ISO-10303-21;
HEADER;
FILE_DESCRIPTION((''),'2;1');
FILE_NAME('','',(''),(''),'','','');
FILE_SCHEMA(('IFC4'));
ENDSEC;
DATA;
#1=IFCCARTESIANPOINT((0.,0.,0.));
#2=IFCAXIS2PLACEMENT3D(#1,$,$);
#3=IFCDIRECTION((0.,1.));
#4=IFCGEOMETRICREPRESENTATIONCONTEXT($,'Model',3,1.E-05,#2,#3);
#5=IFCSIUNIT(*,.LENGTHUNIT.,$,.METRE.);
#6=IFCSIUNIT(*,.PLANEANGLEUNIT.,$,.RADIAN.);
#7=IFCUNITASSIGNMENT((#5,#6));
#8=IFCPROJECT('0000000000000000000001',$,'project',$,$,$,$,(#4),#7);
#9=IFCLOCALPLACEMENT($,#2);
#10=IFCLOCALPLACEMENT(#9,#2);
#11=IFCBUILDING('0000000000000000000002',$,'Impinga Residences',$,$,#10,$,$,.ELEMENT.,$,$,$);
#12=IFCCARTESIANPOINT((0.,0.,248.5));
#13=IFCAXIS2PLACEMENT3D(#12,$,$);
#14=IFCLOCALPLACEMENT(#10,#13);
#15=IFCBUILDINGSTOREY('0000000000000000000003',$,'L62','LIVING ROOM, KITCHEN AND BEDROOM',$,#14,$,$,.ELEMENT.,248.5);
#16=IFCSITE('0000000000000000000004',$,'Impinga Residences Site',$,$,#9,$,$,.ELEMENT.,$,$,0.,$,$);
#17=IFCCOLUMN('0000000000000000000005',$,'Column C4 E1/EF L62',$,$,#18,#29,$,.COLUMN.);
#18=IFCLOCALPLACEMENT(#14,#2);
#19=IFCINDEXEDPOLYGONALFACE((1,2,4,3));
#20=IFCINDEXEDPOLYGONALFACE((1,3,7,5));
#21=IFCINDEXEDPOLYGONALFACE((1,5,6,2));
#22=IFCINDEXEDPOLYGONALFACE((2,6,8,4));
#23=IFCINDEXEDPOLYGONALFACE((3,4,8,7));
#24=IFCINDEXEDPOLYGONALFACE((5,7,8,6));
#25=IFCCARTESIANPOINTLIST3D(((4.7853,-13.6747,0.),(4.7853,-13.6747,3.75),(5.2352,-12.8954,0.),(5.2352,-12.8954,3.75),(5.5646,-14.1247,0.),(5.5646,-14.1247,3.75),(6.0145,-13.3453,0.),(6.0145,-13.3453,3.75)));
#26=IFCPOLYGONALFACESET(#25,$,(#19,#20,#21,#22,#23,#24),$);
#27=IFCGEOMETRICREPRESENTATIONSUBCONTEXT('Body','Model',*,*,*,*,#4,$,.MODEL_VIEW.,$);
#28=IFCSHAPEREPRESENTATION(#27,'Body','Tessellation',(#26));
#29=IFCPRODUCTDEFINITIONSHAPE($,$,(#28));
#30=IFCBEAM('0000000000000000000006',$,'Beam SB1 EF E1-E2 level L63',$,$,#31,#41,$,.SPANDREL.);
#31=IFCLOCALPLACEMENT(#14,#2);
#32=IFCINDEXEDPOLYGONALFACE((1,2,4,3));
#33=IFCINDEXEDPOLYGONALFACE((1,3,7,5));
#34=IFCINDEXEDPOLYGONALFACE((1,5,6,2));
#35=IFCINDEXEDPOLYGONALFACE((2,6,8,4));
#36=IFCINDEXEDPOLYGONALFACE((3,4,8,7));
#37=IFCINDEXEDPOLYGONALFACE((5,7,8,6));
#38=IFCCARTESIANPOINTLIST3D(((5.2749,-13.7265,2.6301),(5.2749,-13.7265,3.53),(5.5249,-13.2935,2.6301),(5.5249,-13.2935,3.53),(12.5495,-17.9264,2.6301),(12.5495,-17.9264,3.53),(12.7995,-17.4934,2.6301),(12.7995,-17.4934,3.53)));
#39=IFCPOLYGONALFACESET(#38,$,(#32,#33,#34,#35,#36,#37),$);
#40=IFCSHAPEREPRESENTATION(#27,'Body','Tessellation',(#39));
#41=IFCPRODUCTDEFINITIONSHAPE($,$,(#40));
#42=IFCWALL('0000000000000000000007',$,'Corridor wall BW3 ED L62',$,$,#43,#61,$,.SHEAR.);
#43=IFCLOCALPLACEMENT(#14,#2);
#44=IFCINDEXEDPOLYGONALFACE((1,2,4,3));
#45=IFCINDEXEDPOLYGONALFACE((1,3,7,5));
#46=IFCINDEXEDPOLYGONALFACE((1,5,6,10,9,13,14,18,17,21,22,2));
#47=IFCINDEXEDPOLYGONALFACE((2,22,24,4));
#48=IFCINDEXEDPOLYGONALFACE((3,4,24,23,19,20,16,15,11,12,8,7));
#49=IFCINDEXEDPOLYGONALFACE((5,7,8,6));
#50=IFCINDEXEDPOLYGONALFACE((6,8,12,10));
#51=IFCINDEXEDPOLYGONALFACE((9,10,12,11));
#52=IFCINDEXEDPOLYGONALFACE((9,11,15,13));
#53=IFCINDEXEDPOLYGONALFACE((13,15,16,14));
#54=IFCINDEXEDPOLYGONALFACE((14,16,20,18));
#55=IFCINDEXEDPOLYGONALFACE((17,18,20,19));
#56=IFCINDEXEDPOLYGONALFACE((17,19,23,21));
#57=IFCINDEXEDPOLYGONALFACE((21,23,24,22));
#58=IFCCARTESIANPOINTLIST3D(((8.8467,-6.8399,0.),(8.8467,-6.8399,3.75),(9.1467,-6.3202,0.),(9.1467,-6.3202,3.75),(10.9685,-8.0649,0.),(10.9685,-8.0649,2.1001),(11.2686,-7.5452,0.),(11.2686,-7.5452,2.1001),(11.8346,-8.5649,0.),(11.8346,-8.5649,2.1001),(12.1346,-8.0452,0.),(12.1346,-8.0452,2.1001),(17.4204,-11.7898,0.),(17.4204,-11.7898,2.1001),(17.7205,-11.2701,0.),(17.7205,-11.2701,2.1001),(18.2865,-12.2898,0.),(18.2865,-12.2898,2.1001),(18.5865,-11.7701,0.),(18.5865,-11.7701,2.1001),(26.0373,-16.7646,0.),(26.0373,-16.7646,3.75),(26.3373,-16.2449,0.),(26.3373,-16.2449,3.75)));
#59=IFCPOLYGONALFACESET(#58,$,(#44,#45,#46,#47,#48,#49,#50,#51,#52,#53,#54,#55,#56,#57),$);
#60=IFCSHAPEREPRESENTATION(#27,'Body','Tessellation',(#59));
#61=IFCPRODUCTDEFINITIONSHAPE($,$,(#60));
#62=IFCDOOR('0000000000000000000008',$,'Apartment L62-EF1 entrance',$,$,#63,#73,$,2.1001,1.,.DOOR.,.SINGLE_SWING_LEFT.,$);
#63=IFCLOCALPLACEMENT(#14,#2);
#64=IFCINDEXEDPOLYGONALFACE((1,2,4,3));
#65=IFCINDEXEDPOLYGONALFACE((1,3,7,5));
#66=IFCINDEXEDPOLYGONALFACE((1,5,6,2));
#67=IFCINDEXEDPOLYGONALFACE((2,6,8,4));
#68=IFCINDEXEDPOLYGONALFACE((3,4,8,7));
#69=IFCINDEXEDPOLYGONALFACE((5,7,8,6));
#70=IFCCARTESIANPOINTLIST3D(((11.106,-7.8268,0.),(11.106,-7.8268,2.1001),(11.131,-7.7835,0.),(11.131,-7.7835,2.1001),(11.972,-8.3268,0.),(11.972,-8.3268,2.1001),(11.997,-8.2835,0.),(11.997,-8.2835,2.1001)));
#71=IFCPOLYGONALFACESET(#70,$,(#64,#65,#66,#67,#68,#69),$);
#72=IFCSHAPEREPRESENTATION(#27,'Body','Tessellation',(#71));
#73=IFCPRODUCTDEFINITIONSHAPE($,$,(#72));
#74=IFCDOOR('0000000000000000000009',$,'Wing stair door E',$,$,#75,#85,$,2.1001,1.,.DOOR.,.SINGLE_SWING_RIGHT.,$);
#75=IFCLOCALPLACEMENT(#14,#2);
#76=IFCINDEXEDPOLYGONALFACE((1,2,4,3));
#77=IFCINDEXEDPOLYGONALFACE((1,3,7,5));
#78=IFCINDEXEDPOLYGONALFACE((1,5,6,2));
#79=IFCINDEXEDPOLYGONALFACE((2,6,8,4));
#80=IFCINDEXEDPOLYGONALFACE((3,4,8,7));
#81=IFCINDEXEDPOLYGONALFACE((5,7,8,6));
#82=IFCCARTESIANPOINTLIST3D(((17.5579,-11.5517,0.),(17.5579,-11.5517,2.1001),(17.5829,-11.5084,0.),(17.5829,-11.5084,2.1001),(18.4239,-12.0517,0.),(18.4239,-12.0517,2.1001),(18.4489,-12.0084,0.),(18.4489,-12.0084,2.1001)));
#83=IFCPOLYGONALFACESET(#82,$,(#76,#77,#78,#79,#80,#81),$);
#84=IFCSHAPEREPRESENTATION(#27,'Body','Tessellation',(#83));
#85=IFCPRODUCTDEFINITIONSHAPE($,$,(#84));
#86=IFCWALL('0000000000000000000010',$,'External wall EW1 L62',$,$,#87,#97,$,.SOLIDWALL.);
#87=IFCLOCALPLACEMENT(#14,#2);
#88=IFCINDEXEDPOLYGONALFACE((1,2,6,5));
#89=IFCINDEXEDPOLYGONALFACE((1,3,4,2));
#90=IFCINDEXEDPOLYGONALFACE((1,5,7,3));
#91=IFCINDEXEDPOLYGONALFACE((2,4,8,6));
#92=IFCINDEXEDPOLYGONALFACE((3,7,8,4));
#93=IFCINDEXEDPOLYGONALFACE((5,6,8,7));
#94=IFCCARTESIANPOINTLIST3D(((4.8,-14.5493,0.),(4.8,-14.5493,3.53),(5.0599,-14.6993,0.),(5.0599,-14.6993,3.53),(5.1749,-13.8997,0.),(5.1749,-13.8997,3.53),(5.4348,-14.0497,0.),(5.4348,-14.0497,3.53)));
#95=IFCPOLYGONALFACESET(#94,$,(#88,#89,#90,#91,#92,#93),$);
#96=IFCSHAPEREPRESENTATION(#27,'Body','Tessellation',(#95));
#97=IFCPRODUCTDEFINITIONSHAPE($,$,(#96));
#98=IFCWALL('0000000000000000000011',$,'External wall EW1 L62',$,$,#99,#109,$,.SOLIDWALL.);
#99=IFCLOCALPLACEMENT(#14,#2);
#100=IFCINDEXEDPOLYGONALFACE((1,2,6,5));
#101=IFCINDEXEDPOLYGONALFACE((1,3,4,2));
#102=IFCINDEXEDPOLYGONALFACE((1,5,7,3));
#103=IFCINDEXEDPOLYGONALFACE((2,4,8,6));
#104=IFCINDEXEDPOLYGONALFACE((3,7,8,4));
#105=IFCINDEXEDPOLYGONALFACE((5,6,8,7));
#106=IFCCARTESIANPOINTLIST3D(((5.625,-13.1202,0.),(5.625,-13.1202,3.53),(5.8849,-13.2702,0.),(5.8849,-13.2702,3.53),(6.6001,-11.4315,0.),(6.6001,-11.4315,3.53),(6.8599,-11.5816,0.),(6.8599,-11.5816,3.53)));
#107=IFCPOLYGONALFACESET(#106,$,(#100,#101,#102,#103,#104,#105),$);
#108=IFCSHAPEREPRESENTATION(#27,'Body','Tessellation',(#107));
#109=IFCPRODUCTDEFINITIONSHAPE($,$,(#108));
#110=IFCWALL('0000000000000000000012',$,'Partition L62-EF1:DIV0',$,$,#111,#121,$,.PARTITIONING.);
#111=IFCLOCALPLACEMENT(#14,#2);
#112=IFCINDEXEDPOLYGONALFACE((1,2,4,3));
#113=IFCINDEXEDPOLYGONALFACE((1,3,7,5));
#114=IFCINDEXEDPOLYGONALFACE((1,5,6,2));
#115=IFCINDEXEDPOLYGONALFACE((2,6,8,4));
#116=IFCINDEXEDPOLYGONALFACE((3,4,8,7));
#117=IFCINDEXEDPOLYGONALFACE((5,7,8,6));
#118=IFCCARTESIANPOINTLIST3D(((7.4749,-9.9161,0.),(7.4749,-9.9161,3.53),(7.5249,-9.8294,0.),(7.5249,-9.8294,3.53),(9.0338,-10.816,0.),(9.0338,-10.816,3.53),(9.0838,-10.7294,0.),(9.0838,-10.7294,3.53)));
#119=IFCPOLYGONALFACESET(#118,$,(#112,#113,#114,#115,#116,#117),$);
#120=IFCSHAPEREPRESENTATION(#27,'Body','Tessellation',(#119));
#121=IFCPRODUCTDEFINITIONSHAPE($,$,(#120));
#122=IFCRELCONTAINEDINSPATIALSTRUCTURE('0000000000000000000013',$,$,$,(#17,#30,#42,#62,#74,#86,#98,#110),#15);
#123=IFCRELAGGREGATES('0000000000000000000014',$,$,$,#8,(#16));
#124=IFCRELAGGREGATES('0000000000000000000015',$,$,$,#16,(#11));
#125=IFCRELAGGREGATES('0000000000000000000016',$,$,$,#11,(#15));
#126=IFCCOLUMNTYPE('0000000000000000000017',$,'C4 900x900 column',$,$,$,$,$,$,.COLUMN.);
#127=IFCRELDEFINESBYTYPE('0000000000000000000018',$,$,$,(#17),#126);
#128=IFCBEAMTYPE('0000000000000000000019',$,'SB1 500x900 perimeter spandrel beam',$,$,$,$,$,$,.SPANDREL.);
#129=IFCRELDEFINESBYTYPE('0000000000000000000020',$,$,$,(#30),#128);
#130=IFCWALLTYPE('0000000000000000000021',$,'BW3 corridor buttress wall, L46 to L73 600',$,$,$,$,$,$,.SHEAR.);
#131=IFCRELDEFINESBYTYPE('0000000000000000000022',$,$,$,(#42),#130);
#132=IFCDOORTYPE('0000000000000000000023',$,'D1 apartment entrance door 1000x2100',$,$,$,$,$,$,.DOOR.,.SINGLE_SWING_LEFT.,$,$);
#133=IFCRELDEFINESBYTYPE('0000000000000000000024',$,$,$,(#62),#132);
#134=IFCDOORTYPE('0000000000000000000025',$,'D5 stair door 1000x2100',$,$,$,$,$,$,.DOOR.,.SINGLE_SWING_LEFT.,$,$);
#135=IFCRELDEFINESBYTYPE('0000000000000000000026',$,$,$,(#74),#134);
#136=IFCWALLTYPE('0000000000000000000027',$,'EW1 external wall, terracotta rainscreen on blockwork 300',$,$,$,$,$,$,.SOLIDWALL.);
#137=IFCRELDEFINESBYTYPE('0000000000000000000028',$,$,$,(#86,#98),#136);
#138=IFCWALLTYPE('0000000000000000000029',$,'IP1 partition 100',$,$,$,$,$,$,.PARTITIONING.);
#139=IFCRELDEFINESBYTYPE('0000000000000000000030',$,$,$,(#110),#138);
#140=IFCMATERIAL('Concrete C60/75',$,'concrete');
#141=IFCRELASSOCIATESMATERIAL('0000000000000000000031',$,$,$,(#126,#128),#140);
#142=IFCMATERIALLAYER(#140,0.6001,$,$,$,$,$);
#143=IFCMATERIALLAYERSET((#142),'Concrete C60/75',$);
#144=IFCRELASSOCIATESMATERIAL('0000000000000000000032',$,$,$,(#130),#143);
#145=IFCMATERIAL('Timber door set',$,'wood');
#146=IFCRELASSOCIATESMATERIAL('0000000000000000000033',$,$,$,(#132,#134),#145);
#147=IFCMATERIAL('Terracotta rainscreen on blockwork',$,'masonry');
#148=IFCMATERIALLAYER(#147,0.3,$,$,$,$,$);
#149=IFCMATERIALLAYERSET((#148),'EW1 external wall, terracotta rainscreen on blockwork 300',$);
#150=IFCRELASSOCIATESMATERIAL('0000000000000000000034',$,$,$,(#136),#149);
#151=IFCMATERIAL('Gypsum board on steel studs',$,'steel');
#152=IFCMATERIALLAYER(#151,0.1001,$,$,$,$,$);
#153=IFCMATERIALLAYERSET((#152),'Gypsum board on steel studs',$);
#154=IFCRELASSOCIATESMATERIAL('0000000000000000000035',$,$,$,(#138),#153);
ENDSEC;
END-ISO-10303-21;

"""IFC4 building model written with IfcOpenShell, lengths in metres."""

from ifc_helpers import new_model, si_unit, direction, frame, frame_2d, origin, origin_2d, place, context, subcontext, project, spatial, rectangle, extrude, material, layer, layer_set, material_profile, profile_set, type_object, element, fill, save


model = new_model("IFC4")

# Units and contexts
model_context = context("Model", 3, precision=1e-05, world=origin(), true_north=direction((0.0, 1.0)))
body_context = subcontext(model_context, "Body", "Model", "MODEL_VIEW")
ifc_project = project(units=[si_unit("LENGTHUNIT", "METRE"), si_unit("PLANEANGLEUNIT", "RADIAN")], contexts=[model_context])

# Site, building, storey
site_placement = place(None, origin())
site = spatial("IfcSite", under=ifc_project, at=site_placement, Name="Impinga Residences Site", CompositionType="ELEMENT", RefElevation=0.0)
building_placement = place(site_placement, origin())
building = spatial("IfcBuilding", under=site, at=building_placement, Name="Impinga Residences", CompositionType="ELEMENT")
storey_placement = place(building_placement, frame((0.0, 0.0, 248.5)))
storey = spatial("IfcBuildingStorey", under=building, at=storey_placement, Name="L62", Description="LIVING ROOM, KITCHEN AND BEDROOM", CompositionType="ELEMENT", Elevation=248.5)

# Column
ifc_material_1 = material(Name="Concrete C60/75", Category="concrete")
ifc_material_profile_1 = material_profile(ifc_material_1, rectangle(XDim=0.8999, YDim=0.8999, at=origin_2d()), Name="RC 900x900")
ifc_profile_set_1 = profile_set([ifc_material_profile_1], Name="Concrete C60/75")
column_type = type_object("IfcColumnType", Name="C4 900x900 column", PredefinedType="COLUMN", material=ifc_profile_set_1)
column_placement = place(storey_placement, frame((5.3999, -13.51, 0.0), z_axis=(0.0, 0.0, 1.0), x_axis=(-0.5, -0.866025, 0.0)))
element("IfcColumn", 1, at=column_placement, inside=storey, type_object=column_type, Name="Column C4 E1/EF L62", PredefinedType="COLUMN", context=body_context, shape_type="SweptSolid", body=[
    extrude(rectangle(XDim=0.8999, YDim=0.8999, at=origin_2d()), origin(), (0.0, 0.0, 1.0), 3.75),
])

# Beam
ifc_material_profile_2 = material_profile(ifc_material_1, rectangle(XDim=0.5, YDim=0.8999, at=origin_2d()), Name="RC 500x900")
ifc_profile_set_2 = profile_set([ifc_material_profile_2], Name="Concrete C60/75")
beam_type = type_object("IfcBeamType", Name="SB1 500x900 perimeter spandrel beam", PredefinedType="SPANDREL", material=ifc_profile_set_2)
beam_placement = place(storey_placement, frame((5.3999, -13.51, 3.0801), z_axis=(0.866029, -0.499993, 0.0), x_axis=(0.499993, 0.866029, 0.0)))
element("IfcBeam", 2, at=beam_placement, inside=storey, type_object=beam_type, Name="Beam SB1 EF E1-E2 level L63", PredefinedType="SPANDREL", context=body_context, shape_type="SweptSolid", body=[
    extrude(rectangle(XDim=0.5, YDim=0.8999, at=origin_2d()), origin(), (0.0, 0.0, 1.0), 8.3999),
])

# Wall, openings, doors
ifc_layer_1 = layer(ifc_material_1, 0.6001)
ifc_layer_set_1 = layer_set([ifc_layer_1], Name="Concrete C60/75")
wall_type_1 = type_object("IfcWallType", Name="BW3 corridor buttress wall, L46 to L73 600", PredefinedType="SHEAR", material=ifc_layer_set_1)
wall_1_placement = place(storey_placement, frame((8.9968, -6.5801, 0.0), z_axis=(0.0, 0.0, 1.0), x_axis=(0.866031, -0.499991, 0.0)))
wall_1 = element("IfcWall", 3, at=wall_1_placement, inside=storey, type_object=wall_type_1, Name="Corridor wall BW3 ED L62", PredefinedType="SHEAR", context=body_context, shape_type="SweptSolid", body=[
    extrude(rectangle(XDim=19.8499, YDim=0.6001, at=frame_2d((9.9248, 0.0))), origin(), (0.0, 0.0, 1.0), 3.75),
])
opening_1_placement = place(wall_1_placement, frame((9.8999, 0.0, 0.0)))
opening_1 = element("IfcOpeningElement", 4, at=opening_1_placement, cuts=wall_1, PredefinedType="OPENING", context=body_context, shape_type="SweptSolid", body=[
    extrude(rectangle(XDim=1.0, YDim=2.1001, at=frame_2d((0.5, 1.05))), frame((0.0, 0.3101, 0.0), z_axis=(0.0, -1.0, 0.0), x_axis=(1.0, 0.0, 0.0)), (0.0, 0.0, 1.0), 0.6201),
])
opening_2_placement = place(wall_1_placement, frame((2.45, 0.0, 0.0)))
opening_2 = element("IfcOpeningElement", 5, at=opening_2_placement, cuts=wall_1, PredefinedType="OPENING", context=body_context, shape_type="SweptSolid", body=[
    extrude(rectangle(XDim=1.0, YDim=2.1001, at=frame_2d((0.5, 1.05))), frame((0.0, 0.3101, 0.0), z_axis=(0.0, -1.0, 0.0), x_axis=(1.0, 0.0, 0.0)), (0.0, 0.0, 1.0), 0.6201),
])
ifc_material_2 = material(Name="Timber door set", Category="wood")
door_type_1 = type_object("IfcDoorType", Name="D1 apartment entrance door 1000x2100", OperationType="SINGLE_SWING_LEFT", PredefinedType="DOOR", material=ifc_material_2)
door_1_placement = place(opening_2_placement, origin())
door_1 = element("IfcDoor", 6, at=door_1_placement, inside=storey, type_object=door_type_1, Name="Apartment L62-EF1 entrance", OperationType="SINGLE_SWING_LEFT", OverallHeight=2.1001, OverallWidth=1.0, PredefinedType="DOOR", context=body_context, shape_type="SweptSolid", body=[
    extrude(rectangle(XDim=1.0, YDim=2.1001, at=frame_2d((0.5, 1.05))), frame((0.0, 0.0249, 0.0), z_axis=(0.0, -1.0, 0.0), x_axis=(1.0, 0.0, 0.0)), (0.0, 0.0, 1.0), 0.05),
])
fill(opening_2, door_1)
door_type_2 = type_object("IfcDoorType", Name="D5 stair door 1000x2100", OperationType="SINGLE_SWING_LEFT", PredefinedType="DOOR", material=ifc_material_2)
door_2_placement = place(opening_1_placement, origin())
door_2 = element("IfcDoor", 7, at=door_2_placement, inside=storey, type_object=door_type_2, Name="Wing stair door E", OperationType="SINGLE_SWING_RIGHT", OverallHeight=2.1001, OverallWidth=1.0, PredefinedType="DOOR", context=body_context, shape_type="SweptSolid", body=[
    extrude(rectangle(XDim=1.0, YDim=2.1001, at=frame_2d((0.5, 1.05))), frame((0.0, 0.0249, 0.0), z_axis=(0.0, -1.0, 0.0), x_axis=(1.0, 0.0, 0.0)), (0.0, 0.0, 1.0), 0.05),
])
fill(opening_1, door_2)

# Walls
ifc_material_3 = material(Name="Terracotta rainscreen on blockwork", Category="masonry")
ifc_layer_2 = layer(ifc_material_3, 0.3)
ifc_layer_set_2 = layer_set([ifc_layer_2], Name="EW1 external wall, terracotta rainscreen on blockwork 300")
wall_type_2 = type_object("IfcWallType", Name="EW1 external wall, terracotta rainscreen on blockwork 300", PredefinedType="SOLIDWALL", material=ifc_layer_set_2)
wall_2_placement = place(storey_placement, frame((4.9299, -14.6243, 0.0), z_axis=(0.0, 0.0, 1.0), x_axis=(0.49992, 0.866072, 0.0)))
element("IfcWall", 8, at=wall_2_placement, inside=storey, type_object=wall_type_2, Name="External wall EW1 L62", PredefinedType="SOLIDWALL", context=body_context, shape_type="SweptSolid", body=[
    extrude(rectangle(XDim=0.75, YDim=0.3, at=frame_2d((0.375, 0.0))), origin(), (0.0, 0.0, 1.0), 3.53),
])
wall_3_placement = place(storey_placement, frame((5.7549, -13.1953, 0.0), z_axis=(0.0, 0.0, 1.0), x_axis=(0.500044, 0.866, 0.0)))
element("IfcWall", 9, at=wall_3_placement, inside=storey, type_object=wall_type_2, Name="External wall EW1 L62", PredefinedType="SOLIDWALL", context=body_context, shape_type="SweptSolid", body=[
    extrude(rectangle(XDim=1.95, YDim=0.3, at=frame_2d((0.9751, 0.0))), origin(), (0.0, 0.0, 1.0), 3.53),
])
ifc_material_4 = material(Name="Gypsum board on steel studs", Category="steel")
ifc_layer_3 = layer(ifc_material_4, 0.1001)
ifc_layer_set_3 = layer_set([ifc_layer_3], Name="Gypsum board on steel studs")
wall_type_3 = type_object("IfcWallType", Name="IP1 partition 100", PredefinedType="PARTITIONING", material=ifc_layer_set_3)
wall_4_placement = place(storey_placement, frame((7.5, -9.8728, 0.0), z_axis=(0.0, 0.0, 1.0), x_axis=(0.866048, -0.499961, 0.0)))
element("IfcWall", 10, at=wall_4_placement, inside=storey, type_object=wall_type_3, Name="Partition L62-EF1:DIV0", PredefinedType="PARTITIONING", context=body_context, shape_type="SweptSolid", body=[
    extrude(rectangle(XDim=1.8, YDim=0.1001, at=frame_2d((0.8999, 0.0))), origin(), (0.0, 0.0, 1.0), 3.53),
])

save(model, "model.ifc")
